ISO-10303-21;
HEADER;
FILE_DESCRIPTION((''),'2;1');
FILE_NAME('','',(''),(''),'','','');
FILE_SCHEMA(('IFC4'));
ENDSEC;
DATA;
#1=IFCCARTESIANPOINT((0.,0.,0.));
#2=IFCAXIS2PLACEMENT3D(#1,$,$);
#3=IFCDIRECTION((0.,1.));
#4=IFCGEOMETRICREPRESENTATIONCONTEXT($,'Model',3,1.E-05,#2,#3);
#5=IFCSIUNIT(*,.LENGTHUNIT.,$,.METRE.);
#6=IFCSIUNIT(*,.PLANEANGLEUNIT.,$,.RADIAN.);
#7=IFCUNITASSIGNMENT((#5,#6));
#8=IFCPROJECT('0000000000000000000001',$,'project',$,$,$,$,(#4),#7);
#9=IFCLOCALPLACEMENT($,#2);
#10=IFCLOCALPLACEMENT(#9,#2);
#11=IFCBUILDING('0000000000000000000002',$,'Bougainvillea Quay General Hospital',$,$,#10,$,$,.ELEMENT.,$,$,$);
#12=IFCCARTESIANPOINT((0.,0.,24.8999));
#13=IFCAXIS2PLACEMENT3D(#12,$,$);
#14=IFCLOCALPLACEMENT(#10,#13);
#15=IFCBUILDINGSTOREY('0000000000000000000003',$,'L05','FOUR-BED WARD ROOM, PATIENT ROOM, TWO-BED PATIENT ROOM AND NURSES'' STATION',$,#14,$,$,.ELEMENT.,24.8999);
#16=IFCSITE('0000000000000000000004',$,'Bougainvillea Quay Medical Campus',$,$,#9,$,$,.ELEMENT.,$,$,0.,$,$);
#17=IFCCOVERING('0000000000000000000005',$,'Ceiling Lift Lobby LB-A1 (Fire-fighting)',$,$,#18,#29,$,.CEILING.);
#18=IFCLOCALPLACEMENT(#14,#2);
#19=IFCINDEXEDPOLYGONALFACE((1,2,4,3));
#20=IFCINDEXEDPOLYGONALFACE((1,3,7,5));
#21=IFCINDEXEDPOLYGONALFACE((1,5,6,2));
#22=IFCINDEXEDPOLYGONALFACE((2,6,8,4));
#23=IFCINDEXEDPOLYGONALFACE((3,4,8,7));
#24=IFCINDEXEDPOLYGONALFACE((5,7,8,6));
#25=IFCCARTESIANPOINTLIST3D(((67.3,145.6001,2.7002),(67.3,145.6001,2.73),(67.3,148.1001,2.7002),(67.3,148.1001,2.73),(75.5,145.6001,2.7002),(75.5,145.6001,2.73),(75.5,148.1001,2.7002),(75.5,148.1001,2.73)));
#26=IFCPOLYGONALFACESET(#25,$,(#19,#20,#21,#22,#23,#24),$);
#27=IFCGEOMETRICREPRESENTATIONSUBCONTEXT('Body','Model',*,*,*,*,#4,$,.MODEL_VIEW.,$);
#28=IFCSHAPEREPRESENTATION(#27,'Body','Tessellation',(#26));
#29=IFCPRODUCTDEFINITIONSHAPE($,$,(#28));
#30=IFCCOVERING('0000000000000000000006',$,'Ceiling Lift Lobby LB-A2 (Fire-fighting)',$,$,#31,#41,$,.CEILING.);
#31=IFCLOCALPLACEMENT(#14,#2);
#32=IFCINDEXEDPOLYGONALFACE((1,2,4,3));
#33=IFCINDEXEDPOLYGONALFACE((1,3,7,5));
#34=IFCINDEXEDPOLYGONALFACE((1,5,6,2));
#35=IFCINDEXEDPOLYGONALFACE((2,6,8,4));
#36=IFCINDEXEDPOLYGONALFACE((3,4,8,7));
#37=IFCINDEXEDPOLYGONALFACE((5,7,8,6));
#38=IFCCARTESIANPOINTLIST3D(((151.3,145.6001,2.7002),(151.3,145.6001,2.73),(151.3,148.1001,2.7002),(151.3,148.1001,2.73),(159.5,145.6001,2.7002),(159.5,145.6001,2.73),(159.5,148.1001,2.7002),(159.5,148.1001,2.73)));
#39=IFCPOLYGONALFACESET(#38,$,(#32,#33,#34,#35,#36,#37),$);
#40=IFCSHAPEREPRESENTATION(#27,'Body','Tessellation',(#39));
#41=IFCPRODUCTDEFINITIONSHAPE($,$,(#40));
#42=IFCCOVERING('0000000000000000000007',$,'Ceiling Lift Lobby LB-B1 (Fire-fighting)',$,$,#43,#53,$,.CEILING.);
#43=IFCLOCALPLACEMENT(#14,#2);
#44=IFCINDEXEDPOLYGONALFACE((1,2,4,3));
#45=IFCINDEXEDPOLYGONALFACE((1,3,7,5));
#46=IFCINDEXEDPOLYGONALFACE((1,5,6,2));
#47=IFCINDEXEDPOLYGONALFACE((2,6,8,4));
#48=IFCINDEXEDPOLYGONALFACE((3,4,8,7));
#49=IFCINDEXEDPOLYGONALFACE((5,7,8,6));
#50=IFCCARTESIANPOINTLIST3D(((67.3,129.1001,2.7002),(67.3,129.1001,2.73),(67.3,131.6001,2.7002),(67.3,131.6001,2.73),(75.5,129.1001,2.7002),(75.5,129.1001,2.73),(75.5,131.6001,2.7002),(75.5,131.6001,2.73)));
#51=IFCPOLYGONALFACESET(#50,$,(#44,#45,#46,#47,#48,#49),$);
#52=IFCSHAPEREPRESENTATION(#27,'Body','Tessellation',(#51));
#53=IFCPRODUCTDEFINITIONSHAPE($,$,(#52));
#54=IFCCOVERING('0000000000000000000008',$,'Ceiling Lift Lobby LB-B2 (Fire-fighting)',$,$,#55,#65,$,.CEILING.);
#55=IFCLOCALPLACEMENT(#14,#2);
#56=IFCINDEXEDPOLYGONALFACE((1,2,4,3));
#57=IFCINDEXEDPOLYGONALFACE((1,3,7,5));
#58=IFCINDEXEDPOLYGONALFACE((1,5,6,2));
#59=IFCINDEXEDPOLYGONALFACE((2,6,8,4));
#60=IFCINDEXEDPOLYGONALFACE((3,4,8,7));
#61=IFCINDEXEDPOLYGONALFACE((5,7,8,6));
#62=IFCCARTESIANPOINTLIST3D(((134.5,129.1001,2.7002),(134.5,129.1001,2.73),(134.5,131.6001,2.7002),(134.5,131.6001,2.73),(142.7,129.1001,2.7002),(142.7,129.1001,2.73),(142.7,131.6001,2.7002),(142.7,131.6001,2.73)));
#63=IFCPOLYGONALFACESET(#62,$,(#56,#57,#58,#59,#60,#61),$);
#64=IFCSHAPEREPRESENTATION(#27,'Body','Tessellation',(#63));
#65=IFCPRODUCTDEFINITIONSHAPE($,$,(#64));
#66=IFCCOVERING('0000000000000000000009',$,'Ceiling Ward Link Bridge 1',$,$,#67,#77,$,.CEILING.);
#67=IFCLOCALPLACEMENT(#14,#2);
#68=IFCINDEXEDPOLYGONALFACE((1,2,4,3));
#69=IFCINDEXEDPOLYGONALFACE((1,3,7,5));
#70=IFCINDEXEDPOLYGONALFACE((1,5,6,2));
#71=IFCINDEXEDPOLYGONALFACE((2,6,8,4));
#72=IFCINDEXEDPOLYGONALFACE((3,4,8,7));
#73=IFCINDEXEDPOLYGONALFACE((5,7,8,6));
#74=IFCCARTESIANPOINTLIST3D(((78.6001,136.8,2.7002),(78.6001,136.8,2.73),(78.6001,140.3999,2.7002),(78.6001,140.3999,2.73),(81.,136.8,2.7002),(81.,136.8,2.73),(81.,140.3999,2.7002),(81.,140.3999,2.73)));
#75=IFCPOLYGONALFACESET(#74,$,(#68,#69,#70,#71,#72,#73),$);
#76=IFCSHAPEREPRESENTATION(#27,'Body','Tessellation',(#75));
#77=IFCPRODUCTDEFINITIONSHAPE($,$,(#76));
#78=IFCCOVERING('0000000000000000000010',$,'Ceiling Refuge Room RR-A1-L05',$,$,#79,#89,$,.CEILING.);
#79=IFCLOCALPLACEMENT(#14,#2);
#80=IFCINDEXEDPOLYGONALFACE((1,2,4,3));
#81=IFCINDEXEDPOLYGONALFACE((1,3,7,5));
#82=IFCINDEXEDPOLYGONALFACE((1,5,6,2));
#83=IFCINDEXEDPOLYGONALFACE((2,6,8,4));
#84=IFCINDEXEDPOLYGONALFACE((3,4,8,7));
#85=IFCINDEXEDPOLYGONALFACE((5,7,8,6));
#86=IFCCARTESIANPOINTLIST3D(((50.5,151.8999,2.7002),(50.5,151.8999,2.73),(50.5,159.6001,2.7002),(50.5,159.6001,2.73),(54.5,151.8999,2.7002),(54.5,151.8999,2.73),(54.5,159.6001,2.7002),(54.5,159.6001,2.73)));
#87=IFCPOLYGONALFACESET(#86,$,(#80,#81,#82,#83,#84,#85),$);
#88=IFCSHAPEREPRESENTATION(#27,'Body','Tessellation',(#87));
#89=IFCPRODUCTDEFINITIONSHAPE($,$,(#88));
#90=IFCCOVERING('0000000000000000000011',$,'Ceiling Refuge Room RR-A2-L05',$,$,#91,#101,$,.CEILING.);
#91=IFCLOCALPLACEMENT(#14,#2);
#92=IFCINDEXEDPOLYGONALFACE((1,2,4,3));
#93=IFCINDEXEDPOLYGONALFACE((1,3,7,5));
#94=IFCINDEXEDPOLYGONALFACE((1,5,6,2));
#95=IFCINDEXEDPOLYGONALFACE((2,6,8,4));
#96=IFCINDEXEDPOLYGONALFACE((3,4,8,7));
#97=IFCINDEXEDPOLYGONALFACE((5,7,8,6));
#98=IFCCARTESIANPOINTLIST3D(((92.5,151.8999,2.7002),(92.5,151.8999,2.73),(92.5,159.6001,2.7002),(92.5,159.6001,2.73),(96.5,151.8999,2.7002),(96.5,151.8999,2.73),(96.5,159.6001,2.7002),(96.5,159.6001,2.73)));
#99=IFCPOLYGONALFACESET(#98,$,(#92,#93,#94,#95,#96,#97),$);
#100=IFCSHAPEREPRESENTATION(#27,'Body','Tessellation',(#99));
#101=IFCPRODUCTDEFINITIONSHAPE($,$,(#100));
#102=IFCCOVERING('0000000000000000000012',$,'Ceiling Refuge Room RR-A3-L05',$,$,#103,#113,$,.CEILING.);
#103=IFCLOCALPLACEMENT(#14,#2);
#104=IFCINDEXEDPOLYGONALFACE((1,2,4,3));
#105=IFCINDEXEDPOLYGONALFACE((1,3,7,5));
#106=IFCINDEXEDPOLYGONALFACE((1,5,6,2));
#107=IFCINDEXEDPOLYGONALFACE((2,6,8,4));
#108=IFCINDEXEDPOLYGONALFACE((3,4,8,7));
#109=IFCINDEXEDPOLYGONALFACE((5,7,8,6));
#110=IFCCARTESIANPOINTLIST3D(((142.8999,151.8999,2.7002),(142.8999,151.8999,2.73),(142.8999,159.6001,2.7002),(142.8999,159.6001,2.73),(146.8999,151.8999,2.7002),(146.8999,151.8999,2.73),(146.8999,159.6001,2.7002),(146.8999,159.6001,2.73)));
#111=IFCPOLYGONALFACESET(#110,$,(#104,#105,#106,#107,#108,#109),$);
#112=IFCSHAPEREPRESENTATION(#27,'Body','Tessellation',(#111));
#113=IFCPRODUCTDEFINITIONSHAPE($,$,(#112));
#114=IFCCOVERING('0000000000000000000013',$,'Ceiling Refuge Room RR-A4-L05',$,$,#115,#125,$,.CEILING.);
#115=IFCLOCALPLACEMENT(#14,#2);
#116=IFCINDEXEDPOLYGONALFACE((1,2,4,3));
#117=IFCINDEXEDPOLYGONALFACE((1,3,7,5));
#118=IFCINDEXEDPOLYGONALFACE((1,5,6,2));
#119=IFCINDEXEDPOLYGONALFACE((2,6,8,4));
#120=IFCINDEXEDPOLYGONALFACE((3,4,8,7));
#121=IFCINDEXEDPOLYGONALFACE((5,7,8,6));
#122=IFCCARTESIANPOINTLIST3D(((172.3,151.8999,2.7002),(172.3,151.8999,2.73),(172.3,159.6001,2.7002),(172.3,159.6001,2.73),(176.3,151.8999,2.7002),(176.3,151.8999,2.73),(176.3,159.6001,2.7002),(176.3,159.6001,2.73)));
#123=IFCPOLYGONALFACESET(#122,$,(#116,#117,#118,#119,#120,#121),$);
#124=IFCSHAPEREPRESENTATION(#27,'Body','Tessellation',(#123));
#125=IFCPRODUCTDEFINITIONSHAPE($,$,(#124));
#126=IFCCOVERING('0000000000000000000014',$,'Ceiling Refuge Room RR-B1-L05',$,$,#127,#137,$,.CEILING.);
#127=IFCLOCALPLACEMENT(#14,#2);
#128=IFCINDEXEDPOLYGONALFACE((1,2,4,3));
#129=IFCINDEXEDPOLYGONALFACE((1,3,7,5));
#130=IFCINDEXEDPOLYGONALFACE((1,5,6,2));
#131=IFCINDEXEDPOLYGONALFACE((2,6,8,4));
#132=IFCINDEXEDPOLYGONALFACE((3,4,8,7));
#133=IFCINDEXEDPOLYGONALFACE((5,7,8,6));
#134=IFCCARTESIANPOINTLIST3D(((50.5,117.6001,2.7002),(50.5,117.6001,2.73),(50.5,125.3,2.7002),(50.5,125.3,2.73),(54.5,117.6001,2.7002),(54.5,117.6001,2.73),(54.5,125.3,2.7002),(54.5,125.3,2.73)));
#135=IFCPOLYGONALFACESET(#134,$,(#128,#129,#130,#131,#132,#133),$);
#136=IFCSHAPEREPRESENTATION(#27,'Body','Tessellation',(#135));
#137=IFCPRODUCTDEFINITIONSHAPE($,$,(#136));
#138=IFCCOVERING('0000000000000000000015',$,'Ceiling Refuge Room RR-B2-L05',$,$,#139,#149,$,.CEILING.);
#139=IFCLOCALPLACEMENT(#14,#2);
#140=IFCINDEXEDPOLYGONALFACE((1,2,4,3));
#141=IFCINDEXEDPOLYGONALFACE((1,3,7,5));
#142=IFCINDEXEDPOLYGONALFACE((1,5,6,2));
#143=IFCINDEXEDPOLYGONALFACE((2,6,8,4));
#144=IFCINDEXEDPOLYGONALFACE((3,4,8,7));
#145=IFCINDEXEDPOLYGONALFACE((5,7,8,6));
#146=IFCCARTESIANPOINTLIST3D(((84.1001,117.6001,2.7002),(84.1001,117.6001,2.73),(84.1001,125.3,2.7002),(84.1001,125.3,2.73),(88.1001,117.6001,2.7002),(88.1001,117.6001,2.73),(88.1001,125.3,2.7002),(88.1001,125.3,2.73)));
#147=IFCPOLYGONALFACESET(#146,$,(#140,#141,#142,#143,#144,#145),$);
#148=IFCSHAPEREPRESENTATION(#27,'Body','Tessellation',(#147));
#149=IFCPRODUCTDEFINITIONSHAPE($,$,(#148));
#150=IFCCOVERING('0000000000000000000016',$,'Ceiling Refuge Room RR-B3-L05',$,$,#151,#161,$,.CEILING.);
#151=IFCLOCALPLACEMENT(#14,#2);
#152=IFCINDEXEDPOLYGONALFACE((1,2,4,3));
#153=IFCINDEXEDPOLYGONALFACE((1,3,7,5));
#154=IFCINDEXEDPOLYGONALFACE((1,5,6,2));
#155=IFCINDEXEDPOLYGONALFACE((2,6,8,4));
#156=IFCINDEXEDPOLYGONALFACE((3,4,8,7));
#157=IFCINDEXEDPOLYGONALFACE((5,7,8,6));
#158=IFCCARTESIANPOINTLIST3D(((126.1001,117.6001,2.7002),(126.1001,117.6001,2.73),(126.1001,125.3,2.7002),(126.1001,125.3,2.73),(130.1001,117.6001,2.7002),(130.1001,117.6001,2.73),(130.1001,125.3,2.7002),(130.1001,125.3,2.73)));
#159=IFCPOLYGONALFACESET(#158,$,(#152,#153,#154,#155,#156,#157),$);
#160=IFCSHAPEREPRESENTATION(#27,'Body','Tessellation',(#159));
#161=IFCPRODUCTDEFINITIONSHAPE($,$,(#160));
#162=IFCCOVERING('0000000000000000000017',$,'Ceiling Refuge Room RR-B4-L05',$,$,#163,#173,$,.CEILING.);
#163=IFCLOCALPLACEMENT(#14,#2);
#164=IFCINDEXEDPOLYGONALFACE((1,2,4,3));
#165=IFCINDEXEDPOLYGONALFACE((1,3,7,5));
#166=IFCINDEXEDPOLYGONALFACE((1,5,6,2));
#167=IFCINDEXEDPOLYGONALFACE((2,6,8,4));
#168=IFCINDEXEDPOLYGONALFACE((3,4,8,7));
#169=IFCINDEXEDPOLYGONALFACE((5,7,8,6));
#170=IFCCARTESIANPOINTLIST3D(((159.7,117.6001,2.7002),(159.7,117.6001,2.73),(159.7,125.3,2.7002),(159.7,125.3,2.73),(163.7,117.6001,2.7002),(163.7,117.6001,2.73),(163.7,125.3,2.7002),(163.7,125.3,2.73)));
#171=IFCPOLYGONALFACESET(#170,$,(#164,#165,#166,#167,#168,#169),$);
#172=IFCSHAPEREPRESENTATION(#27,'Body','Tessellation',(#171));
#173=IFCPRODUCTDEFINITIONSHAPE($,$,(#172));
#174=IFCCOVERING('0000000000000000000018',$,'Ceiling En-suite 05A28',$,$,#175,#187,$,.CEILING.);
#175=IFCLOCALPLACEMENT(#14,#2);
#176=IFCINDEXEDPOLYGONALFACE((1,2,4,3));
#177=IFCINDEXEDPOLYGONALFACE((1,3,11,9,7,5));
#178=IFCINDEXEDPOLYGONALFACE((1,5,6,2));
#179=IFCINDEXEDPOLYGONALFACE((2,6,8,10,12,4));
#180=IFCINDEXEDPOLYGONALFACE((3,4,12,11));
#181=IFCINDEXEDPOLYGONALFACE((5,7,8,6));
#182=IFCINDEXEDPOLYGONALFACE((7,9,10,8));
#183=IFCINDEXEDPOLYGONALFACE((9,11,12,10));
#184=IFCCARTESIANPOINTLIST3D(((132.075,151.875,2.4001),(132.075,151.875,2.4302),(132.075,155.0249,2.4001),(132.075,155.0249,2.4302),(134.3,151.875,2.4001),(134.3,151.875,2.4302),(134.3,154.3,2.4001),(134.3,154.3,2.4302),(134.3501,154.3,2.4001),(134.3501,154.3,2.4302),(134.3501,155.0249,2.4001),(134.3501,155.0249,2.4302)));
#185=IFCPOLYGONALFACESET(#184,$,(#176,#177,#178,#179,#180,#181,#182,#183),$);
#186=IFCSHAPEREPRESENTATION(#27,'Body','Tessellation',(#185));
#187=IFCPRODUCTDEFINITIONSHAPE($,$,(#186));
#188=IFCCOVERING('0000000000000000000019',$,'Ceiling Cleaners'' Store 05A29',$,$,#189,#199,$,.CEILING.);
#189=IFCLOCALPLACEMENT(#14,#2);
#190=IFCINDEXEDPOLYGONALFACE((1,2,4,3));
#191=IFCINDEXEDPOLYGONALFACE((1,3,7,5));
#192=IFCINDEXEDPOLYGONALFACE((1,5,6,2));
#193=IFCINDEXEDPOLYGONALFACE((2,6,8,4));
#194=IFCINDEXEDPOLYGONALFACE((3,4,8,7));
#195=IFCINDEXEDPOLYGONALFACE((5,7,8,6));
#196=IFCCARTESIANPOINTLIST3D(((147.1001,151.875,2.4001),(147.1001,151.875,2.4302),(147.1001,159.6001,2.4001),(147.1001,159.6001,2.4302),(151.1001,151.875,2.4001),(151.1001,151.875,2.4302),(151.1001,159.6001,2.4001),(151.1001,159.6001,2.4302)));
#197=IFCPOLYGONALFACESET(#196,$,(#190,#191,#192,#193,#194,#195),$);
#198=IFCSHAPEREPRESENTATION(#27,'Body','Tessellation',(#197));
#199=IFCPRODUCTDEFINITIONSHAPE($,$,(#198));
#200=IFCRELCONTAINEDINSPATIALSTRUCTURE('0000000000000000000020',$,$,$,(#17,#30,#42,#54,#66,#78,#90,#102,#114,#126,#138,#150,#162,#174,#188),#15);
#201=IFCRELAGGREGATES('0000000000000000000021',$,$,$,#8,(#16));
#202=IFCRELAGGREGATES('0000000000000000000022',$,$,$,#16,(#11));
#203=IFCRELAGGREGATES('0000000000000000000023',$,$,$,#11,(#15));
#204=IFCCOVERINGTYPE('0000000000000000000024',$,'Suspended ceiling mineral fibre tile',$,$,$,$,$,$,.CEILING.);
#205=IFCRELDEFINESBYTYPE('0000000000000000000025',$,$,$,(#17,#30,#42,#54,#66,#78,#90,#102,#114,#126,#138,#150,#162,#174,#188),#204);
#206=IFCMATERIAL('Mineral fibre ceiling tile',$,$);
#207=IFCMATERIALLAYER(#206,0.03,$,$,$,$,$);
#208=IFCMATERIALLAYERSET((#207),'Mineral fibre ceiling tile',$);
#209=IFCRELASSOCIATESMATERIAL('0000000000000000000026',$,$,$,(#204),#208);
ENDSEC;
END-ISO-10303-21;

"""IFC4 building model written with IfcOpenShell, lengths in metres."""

from ifc_helpers import new_model, si_unit, direction, frame, origin, place, context, subcontext, project, spatial, polyline, outline, extrude, material, layer, layer_set, type_object, element, save


model = new_model("IFC4")

# Units and contexts
model_context = context("Model", 3, precision=1e-05, world=origin(), true_north=direction((0.0, 1.0)))
body_context = subcontext(model_context, "Body", "Model", "MODEL_VIEW")
ifc_project = project(units=[si_unit("LENGTHUNIT", "METRE"), si_unit("PLANEANGLEUNIT", "RADIAN")], contexts=[model_context])

# Site, building, storey
site_placement = place(None, origin())
site = spatial("IfcSite", under=ifc_project, at=site_placement, Name="Bougainvillea Quay Medical Campus", CompositionType="ELEMENT", RefElevation=0.0)
building_placement = place(site_placement, origin())
building = spatial("IfcBuilding", under=site, at=building_placement, Name="Bougainvillea Quay General Hospital", CompositionType="ELEMENT")
storey_placement = place(building_placement, frame((0.0, 0.0, 24.8999)))
storey = spatial("IfcBuildingStorey", under=building, at=storey_placement, Name="L05", Description="FOUR-BED WARD ROOM, PATIENT ROOM, TWO-BED PATIENT ROOM AND NURSES' STATION", CompositionType="ELEMENT", Elevation=24.8999)

# Coverings
ifc_material = material(Name="Mineral fibre ceiling tile")
ifc_layer = layer(ifc_material, 0.03)
ifc_layer_set = layer_set([ifc_layer], Name="Mineral fibre ceiling tile")
covering_type = type_object("IfcCoveringType", Name="Suspended ceiling mineral fibre tile", PredefinedType="CEILING", material=ifc_layer_set)
covering_1_placement = place(storey_placement, frame((0.0, 0.0, 2.7002)))
element("IfcCovering", 1, at=covering_1_placement, inside=storey, type_object=covering_type, Name="Ceiling Lift Lobby LB-A1 (Fire-fighting)", PredefinedType="CEILING", context=body_context, shape_type="SweptSolid", body=[
    extrude(outline(polyline([(75.5, 145.6001), (75.5, 148.1001), (67.3, 148.1001), (67.3, 145.6001), (75.5, 145.6001)])), origin(), (0.0, 0.0, 1.0), 0.0298),
])
covering_2_placement = place(storey_placement, frame((0.0, 0.0, 2.7002)))
element("IfcCovering", 2, at=covering_2_placement, inside=storey, type_object=covering_type, Name="Ceiling Lift Lobby LB-A2 (Fire-fighting)", PredefinedType="CEILING", context=body_context, shape_type="SweptSolid", body=[
    extrude(outline(polyline([(159.5, 145.6001), (159.5, 148.1001), (151.3, 148.1001), (151.3, 145.6001), (159.5, 145.6001)])), origin(), (0.0, 0.0, 1.0), 0.0298),
])
covering_3_placement = place(storey_placement, frame((0.0, 0.0, 2.7002)))
element("IfcCovering", 3, at=covering_3_placement, inside=storey, type_object=covering_type, Name="Ceiling Lift Lobby LB-B1 (Fire-fighting)", PredefinedType="CEILING", context=body_context, shape_type="SweptSolid", body=[
    extrude(outline(polyline([(67.3, 131.6001), (67.3, 129.1001), (75.5, 129.1001), (75.5, 131.6001), (67.3, 131.6001)])), origin(), (0.0, 0.0, 1.0), 0.0298),
])
covering_4_placement = place(storey_placement, frame((0.0, 0.0, 2.7002)))
element("IfcCovering", 4, at=covering_4_placement, inside=storey, type_object=covering_type, Name="Ceiling Lift Lobby LB-B2 (Fire-fighting)", PredefinedType="CEILING", context=body_context, shape_type="SweptSolid", body=[
    extrude(outline(polyline([(134.5, 131.6001), (134.5, 129.1001), (142.7, 129.1001), (142.7, 131.6001), (134.5, 131.6001)])), origin(), (0.0, 0.0, 1.0), 0.0298),
])
covering_5_placement = place(storey_placement, frame((0.0, 0.0, 2.7002)))
element("IfcCovering", 5, at=covering_5_placement, inside=storey, type_object=covering_type, Name="Ceiling Ward Link Bridge 1", PredefinedType="CEILING", context=body_context, shape_type="SweptSolid", body=[
    extrude(outline(polyline([(81.0, 136.8), (81.0, 140.3999), (78.6001, 140.3999), (78.6001, 136.8), (81.0, 136.8)])), origin(), (0.0, 0.0, 1.0), 0.0298),
])
covering_6_placement = place(storey_placement, frame((0.0, 0.0, 2.7002)))
element("IfcCovering", 6, at=covering_6_placement, inside=storey, type_object=covering_type, Name="Ceiling Refuge Room RR-A1-L05", PredefinedType="CEILING", context=body_context, shape_type="SweptSolid", body=[
    extrude(outline(polyline([(50.5, 159.6001), (50.5, 151.8999), (54.5, 151.8999), (54.5, 159.6001), (50.5, 159.6001)])), origin(), (0.0, 0.0, 1.0), 0.0298),
])
covering_7_placement = place(storey_placement, frame((0.0, 0.0, 2.7002)))
element("IfcCovering", 7, at=covering_7_placement, inside=storey, type_object=covering_type, Name="Ceiling Refuge Room RR-A2-L05", PredefinedType="CEILING", context=body_context, shape_type="SweptSolid", body=[
    extrude(outline(polyline([(92.5, 159.6001), (92.5, 151.8999), (96.5, 151.8999), (96.5, 159.6001), (92.5, 159.6001)])), origin(), (0.0, 0.0, 1.0), 0.0298),
])
covering_8_placement = place(storey_placement, frame((0.0, 0.0, 2.7002)))
element("IfcCovering", 8, at=covering_8_placement, inside=storey, type_object=covering_type, Name="Ceiling Refuge Room RR-A3-L05", PredefinedType="CEILING", context=body_context, shape_type="SweptSolid", body=[
    extrude(outline(polyline([(142.8999, 159.6001), (142.8999, 151.8999), (146.8999, 151.8999), (146.8999, 159.6001), (142.8999, 159.6001)])), origin(), (0.0, 0.0, 1.0), 0.0298),
])
covering_9_placement = place(storey_placement, frame((0.0, 0.0, 2.7002)))
element("IfcCovering", 9, at=covering_9_placement, inside=storey, type_object=covering_type, Name="Ceiling Refuge Room RR-A4-L05", PredefinedType="CEILING", context=body_context, shape_type="SweptSolid", body=[
    extrude(outline(polyline([(172.3, 159.6001), (172.3, 151.8999), (176.3, 151.8999), (176.3, 159.6001), (172.3, 159.6001)])), origin(), (0.0, 0.0, 1.0), 0.0298),
])
covering_10_placement = place(storey_placement, frame((0.0, 0.0, 2.7002)))
element("IfcCovering", 10, at=covering_10_placement, inside=storey, type_object=covering_type, Name="Ceiling Refuge Room RR-B1-L05", PredefinedType="CEILING", context=body_context, shape_type="SweptSolid", body=[
    extrude(outline(polyline([(54.5, 117.6001), (54.5, 125.3), (50.5, 125.3), (50.5, 117.6001), (54.5, 117.6001)])), origin(), (0.0, 0.0, 1.0), 0.0298),
])
covering_11_placement = place(storey_placement, frame((0.0, 0.0, 2.7002)))
element("IfcCovering", 11, at=covering_11_placement, inside=storey, type_object=covering_type, Name="Ceiling Refuge Room RR-B2-L05", PredefinedType="CEILING", context=body_context, shape_type="SweptSolid", body=[
    extrude(outline(polyline([(88.1001, 117.6001), (88.1001, 125.3), (84.1001, 125.3), (84.1001, 117.6001), (88.1001, 117.6001)])), origin(), (0.0, 0.0, 1.0), 0.0298),
])
covering_12_placement = place(storey_placement, frame((0.0, 0.0, 2.7002)))
element("IfcCovering", 12, at=covering_12_placement, inside=storey, type_object=covering_type, Name="Ceiling Refuge Room RR-B3-L05", PredefinedType="CEILING", context=body_context, shape_type="SweptSolid", body=[
    extrude(outline(polyline([(130.1001, 117.6001), (130.1001, 125.3), (126.1001, 125.3), (126.1001, 117.6001), (130.1001, 117.6001)])), origin(), (0.0, 0.0, 1.0), 0.0298),
])
covering_13_placement = place(storey_placement, frame((0.0, 0.0, 2.7002)))
element("IfcCovering", 13, at=covering_13_placement, inside=storey, type_object=covering_type, Name="Ceiling Refuge Room RR-B4-L05", PredefinedType="CEILING", context=body_context, shape_type="SweptSolid", body=[
    extrude(outline(polyline([(163.7, 117.6001), (163.7, 125.3), (159.7, 125.3), (159.7, 117.6001), (163.7, 117.6001)])), origin(), (0.0, 0.0, 1.0), 0.0298),
])
covering_14_placement = place(storey_placement, frame((0.0, 0.0, 2.4001)))
element("IfcCovering", 14, at=covering_14_placement, inside=storey, type_object=covering_type, Name="Ceiling En-suite 05A28", PredefinedType="CEILING", context=body_context, shape_type="SweptSolid", body=[
    extrude(outline(polyline([(134.3, 154.3), (134.3501, 154.3), (134.3501, 155.0249), (132.075, 155.0249), (132.075, 151.875), (134.3, 151.875), (134.3, 154.3)])), origin(), (0.0, 0.0, 1.0), 0.03),
])
covering_15_placement = place(storey_placement, frame((0.0, 0.0, 2.4001)))
element("IfcCovering", 15, at=covering_15_placement, inside=storey, type_object=covering_type, Name="Ceiling Cleaners' Store 05A29", PredefinedType="CEILING", context=body_context, shape_type="SweptSolid", body=[
    extrude(outline(polyline([(147.1001, 159.6001), (147.1001, 151.875), (151.1001, 151.875), (151.1001, 159.6001), (147.1001, 159.6001)])), origin(), (0.0, 0.0, 1.0), 0.03),
])

save(model, "model.ifc")
